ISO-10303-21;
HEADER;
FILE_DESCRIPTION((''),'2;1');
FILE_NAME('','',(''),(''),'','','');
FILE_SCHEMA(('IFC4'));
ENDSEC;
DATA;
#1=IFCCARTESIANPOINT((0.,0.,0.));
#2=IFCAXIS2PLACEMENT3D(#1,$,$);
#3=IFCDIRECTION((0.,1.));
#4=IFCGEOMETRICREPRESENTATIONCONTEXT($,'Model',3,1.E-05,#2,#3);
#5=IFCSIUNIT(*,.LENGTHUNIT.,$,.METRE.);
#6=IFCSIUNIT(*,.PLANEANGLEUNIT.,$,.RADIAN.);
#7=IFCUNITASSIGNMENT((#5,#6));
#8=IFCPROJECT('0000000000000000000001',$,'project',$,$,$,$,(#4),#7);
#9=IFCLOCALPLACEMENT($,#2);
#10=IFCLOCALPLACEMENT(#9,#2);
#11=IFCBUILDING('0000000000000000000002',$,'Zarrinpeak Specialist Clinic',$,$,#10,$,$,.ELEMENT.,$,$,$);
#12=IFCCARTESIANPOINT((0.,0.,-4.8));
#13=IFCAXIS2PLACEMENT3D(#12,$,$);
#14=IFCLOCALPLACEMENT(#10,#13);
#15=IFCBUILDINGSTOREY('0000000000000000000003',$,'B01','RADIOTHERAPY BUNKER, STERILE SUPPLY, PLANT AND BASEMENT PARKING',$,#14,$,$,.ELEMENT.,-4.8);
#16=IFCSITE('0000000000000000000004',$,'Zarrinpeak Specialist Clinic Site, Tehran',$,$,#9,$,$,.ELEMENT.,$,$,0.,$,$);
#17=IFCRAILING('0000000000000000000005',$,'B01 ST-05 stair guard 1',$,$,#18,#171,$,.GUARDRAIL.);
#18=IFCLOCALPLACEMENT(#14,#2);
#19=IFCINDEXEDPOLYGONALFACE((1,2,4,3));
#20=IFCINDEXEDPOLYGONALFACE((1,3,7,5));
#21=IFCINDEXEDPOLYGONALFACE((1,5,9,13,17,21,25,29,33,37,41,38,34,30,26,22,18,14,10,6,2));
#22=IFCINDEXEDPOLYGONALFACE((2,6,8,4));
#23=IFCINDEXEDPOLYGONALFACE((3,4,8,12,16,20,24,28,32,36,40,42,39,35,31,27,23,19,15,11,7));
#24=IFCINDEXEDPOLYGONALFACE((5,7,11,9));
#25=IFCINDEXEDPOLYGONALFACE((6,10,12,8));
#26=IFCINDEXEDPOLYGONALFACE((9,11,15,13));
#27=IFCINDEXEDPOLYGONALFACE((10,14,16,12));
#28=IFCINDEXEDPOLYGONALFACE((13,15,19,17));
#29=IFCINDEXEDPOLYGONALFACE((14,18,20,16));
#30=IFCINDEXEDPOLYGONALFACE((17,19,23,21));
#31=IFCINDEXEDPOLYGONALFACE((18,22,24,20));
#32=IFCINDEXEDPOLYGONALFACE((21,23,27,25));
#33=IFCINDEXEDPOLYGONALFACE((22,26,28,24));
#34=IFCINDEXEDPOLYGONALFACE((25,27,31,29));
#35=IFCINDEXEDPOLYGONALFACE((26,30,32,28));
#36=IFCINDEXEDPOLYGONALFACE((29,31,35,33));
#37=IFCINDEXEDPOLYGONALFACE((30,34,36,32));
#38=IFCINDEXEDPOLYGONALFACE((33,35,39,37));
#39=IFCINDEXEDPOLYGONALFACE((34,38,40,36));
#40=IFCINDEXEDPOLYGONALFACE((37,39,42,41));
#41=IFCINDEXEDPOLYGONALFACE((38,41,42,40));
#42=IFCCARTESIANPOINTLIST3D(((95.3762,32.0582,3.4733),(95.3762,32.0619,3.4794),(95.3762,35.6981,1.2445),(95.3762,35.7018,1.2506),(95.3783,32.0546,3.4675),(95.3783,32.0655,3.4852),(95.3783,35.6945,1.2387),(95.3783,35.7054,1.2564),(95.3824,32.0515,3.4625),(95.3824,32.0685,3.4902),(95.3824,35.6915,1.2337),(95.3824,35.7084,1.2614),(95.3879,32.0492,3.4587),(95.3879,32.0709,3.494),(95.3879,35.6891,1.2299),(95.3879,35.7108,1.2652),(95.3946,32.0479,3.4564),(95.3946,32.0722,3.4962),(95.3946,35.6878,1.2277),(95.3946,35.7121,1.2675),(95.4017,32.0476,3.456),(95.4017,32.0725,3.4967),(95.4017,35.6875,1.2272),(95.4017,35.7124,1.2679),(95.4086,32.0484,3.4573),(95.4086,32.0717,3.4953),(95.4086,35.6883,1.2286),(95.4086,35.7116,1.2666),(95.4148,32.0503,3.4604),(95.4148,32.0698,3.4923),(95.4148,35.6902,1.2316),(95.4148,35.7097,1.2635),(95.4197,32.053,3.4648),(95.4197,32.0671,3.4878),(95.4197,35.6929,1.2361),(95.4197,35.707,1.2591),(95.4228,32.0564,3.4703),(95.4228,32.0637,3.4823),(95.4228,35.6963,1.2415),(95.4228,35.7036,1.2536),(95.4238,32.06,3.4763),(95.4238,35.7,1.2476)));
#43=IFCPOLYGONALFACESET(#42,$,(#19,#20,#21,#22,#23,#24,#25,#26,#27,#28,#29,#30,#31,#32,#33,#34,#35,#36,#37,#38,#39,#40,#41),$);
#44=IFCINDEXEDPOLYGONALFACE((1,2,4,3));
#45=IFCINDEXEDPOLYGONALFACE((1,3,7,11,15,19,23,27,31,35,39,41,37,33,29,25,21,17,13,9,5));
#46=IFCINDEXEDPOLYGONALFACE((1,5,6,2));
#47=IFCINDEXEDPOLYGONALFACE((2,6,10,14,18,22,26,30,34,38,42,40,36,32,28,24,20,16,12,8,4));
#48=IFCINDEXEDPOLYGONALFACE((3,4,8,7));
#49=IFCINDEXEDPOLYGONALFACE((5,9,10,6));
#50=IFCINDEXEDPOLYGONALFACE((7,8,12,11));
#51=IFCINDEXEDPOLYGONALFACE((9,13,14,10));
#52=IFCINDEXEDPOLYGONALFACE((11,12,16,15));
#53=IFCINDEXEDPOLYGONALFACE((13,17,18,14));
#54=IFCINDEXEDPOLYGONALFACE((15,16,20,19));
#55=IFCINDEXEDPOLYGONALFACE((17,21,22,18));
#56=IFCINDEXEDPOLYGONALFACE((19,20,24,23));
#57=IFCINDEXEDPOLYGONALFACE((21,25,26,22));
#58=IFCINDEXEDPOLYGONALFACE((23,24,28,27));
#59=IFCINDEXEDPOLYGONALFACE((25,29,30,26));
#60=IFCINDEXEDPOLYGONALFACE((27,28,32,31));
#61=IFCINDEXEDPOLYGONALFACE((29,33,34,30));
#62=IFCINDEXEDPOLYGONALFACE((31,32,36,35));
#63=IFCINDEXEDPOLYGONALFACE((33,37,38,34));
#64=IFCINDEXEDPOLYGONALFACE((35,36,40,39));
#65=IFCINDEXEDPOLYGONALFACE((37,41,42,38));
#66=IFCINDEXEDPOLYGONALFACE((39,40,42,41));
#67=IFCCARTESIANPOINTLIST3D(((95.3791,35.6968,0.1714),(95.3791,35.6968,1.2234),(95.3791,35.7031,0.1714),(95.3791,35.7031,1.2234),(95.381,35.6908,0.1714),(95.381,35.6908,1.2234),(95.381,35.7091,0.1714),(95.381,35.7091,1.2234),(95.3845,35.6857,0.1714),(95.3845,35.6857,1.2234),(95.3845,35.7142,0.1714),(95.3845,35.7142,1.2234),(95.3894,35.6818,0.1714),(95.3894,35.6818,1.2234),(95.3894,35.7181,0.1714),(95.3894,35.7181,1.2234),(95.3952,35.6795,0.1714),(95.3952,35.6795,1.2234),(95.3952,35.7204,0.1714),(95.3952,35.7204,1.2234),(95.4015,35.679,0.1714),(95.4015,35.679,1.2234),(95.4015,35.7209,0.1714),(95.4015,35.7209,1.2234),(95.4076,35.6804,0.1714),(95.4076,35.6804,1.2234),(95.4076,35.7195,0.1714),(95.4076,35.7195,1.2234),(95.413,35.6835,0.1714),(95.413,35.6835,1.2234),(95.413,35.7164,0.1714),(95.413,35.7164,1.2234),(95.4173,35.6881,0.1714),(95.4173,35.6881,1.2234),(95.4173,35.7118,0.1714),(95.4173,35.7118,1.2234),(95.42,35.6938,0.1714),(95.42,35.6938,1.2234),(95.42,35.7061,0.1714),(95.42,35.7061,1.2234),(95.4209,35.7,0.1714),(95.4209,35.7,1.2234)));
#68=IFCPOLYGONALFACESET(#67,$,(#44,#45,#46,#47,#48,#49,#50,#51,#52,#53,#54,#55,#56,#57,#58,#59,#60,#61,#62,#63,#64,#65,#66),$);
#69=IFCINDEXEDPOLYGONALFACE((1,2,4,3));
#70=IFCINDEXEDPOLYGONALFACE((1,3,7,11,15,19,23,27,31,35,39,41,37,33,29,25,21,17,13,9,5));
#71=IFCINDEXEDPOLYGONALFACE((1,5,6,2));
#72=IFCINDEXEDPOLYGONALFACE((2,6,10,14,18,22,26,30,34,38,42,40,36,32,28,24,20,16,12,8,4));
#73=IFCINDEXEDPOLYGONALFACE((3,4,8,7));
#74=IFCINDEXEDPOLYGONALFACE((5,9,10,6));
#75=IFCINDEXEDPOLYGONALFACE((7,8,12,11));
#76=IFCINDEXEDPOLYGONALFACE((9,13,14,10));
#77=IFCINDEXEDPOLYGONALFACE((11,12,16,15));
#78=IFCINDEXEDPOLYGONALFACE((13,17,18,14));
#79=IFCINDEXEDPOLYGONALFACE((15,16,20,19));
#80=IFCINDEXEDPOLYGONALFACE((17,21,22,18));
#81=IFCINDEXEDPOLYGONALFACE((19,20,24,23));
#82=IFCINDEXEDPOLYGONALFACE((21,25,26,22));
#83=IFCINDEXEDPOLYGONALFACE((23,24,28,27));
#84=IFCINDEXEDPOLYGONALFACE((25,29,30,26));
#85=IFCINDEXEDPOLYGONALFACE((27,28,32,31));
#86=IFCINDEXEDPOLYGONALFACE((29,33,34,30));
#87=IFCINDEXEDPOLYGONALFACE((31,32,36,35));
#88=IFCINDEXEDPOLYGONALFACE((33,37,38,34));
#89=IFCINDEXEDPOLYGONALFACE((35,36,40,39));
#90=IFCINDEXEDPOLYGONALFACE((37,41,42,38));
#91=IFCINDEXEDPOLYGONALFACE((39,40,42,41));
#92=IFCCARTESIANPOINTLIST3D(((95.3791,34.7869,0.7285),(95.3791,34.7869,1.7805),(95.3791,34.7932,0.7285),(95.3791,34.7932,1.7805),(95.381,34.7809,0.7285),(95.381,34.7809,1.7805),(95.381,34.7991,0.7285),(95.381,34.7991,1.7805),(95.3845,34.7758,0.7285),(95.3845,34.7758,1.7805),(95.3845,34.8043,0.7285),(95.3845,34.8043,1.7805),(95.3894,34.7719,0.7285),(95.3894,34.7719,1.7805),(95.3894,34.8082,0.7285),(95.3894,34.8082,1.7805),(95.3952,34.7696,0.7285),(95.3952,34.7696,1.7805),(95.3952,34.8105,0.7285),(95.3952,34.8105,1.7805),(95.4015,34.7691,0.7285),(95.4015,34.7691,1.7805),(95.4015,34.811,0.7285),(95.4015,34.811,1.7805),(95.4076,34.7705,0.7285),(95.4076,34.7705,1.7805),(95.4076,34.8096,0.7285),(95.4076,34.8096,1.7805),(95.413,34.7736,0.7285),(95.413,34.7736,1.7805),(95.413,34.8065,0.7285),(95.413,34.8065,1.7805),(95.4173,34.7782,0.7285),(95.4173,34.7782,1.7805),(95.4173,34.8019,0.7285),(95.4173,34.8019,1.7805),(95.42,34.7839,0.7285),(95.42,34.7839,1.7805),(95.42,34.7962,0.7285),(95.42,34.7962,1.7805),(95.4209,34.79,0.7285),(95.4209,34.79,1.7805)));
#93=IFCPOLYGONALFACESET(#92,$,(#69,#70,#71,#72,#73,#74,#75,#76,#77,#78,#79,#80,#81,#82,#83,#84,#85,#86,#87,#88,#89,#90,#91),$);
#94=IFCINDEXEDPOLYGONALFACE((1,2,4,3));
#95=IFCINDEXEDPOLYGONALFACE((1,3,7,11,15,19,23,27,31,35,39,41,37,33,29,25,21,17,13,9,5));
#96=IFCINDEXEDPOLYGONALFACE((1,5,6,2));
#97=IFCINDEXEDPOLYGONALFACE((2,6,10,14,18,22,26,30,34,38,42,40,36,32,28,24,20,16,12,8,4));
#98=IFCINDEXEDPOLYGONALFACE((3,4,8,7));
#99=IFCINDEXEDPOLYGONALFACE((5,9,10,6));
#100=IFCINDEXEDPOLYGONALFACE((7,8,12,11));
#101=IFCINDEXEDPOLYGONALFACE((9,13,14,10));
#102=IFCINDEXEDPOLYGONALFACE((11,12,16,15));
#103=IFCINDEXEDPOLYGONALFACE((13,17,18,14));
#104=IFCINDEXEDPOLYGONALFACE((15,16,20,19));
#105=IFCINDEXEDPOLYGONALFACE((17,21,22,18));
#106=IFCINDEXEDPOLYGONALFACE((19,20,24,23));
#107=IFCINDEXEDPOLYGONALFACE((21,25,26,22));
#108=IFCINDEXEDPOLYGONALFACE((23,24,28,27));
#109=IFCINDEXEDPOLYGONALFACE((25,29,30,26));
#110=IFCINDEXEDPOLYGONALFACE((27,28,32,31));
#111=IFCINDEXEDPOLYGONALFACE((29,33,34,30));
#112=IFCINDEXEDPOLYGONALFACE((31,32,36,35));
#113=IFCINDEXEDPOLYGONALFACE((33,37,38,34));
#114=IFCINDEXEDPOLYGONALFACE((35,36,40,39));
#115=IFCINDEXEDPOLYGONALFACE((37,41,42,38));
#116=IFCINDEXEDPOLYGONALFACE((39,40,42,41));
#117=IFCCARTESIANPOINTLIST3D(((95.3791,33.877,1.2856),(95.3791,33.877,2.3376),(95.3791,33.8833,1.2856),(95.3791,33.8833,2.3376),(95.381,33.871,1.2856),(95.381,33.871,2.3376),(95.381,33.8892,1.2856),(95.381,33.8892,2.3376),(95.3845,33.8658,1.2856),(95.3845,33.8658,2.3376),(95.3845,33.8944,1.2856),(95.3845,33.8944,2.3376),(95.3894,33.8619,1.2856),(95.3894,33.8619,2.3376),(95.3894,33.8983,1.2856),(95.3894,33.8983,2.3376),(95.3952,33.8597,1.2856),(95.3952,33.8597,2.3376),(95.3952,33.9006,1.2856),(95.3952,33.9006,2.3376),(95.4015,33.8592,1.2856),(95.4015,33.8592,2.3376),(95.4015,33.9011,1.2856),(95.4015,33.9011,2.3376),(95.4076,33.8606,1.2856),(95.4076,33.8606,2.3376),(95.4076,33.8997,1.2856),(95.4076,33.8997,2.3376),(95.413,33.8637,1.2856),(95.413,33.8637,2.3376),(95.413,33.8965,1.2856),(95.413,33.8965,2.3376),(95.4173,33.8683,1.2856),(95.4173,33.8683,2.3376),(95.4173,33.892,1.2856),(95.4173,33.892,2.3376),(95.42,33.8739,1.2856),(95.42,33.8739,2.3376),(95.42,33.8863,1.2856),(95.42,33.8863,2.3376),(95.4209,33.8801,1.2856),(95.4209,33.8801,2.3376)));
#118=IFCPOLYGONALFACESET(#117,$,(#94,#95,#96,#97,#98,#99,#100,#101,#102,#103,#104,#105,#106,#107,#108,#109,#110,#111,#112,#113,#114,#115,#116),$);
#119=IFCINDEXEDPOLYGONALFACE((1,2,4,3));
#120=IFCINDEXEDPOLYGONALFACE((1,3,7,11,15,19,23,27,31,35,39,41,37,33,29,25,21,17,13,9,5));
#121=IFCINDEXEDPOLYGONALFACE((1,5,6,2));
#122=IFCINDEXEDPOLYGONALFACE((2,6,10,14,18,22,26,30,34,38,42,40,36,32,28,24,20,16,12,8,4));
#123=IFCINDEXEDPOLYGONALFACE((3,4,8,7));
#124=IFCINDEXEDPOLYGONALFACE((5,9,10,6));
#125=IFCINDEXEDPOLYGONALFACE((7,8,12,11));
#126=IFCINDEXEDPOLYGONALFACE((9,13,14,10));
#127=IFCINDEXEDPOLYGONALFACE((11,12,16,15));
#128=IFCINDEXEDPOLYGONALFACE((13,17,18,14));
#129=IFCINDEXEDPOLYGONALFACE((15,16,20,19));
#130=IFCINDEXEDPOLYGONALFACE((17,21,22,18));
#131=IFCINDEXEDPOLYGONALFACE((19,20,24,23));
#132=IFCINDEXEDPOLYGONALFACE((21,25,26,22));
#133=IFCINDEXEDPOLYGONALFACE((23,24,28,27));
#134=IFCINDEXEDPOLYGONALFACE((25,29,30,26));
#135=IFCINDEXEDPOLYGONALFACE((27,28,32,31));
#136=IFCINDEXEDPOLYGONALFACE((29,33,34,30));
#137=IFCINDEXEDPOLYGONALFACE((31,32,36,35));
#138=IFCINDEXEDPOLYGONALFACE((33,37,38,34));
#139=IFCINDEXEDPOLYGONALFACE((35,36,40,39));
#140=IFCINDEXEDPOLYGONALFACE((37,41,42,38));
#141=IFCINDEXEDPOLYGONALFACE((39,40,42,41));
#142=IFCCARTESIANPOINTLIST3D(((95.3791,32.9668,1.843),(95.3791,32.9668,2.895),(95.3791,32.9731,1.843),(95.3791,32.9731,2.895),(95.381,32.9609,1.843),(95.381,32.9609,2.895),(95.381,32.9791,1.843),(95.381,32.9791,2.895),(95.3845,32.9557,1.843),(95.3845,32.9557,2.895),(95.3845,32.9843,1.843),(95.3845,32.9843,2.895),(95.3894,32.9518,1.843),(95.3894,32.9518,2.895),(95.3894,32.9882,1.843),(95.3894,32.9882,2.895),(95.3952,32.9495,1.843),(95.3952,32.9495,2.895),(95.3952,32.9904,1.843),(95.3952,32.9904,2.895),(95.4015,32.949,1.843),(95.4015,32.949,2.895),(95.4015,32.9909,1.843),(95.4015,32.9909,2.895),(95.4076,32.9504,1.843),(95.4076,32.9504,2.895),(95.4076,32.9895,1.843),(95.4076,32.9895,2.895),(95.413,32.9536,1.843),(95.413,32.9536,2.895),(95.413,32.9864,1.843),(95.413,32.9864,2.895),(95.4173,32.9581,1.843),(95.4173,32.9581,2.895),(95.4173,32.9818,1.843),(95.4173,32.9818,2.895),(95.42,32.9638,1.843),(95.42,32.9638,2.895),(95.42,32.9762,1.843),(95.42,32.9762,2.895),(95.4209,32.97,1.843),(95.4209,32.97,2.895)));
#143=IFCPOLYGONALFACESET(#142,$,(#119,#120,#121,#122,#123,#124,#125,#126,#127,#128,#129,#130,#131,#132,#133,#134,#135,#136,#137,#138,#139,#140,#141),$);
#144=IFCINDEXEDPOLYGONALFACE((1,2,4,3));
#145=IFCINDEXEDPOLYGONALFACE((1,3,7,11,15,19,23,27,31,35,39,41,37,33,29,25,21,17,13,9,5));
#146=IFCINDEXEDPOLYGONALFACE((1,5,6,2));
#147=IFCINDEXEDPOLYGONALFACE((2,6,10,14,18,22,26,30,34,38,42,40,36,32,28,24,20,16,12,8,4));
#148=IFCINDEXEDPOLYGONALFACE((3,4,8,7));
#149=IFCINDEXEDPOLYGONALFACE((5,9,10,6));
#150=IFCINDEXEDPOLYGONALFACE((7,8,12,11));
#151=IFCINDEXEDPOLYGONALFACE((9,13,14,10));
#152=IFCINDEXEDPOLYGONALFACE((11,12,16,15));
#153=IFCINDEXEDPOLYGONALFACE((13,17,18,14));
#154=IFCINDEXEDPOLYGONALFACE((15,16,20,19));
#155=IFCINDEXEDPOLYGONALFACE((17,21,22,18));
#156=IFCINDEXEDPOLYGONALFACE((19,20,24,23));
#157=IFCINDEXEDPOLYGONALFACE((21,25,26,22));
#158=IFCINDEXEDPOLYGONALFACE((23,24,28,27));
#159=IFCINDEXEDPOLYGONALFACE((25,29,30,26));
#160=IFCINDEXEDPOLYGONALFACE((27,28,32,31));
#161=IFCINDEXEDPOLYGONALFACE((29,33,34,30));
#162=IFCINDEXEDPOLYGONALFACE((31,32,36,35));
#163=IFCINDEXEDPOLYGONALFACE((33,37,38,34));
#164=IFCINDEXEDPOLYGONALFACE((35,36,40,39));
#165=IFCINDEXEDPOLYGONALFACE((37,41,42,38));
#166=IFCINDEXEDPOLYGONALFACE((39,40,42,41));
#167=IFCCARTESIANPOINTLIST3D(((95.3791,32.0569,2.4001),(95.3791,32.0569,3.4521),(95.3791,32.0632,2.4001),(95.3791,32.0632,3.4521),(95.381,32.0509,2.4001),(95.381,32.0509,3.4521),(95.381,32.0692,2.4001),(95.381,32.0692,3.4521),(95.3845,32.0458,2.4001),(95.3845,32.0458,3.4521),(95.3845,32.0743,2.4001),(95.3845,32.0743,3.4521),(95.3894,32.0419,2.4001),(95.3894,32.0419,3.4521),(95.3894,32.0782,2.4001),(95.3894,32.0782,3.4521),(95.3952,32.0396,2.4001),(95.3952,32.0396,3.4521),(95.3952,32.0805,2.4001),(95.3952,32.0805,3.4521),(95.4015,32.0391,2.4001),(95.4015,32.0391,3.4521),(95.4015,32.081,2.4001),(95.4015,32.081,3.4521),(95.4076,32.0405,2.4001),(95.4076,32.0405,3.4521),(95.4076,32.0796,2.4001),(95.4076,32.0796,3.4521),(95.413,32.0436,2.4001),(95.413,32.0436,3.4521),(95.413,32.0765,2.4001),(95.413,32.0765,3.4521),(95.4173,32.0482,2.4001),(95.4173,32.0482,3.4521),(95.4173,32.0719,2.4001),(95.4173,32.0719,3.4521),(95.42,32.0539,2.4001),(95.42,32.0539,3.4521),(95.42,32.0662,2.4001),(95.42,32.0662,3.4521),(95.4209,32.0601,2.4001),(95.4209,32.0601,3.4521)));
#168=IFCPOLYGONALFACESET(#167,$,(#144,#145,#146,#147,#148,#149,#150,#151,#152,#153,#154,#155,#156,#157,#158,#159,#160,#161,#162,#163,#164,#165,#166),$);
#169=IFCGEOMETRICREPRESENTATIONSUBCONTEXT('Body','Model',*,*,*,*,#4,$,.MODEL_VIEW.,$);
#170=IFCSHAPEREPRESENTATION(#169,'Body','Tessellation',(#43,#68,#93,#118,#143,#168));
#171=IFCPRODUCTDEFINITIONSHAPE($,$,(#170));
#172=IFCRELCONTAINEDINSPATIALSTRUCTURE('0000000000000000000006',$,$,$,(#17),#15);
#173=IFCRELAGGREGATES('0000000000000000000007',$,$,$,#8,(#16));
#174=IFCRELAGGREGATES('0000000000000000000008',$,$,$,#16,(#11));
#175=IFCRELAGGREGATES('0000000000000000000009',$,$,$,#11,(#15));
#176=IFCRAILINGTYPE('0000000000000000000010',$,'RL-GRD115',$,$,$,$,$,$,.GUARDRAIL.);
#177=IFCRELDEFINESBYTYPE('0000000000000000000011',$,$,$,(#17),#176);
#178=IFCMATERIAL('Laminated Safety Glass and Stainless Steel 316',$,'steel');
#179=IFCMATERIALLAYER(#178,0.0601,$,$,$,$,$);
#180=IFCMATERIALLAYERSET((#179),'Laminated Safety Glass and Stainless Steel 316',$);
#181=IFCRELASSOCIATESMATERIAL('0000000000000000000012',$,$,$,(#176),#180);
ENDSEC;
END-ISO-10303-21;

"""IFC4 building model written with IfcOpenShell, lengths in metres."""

from ifc_helpers import new_model, si_unit, direction, frame, origin, origin_2d, place, context, subcontext, project, spatial, circle, extrude, material, layer, layer_set, type_object, element, save


model = new_model("IFC4")

# Units and contexts
model_context = context("Model", 3, precision=1e-05, world=origin(), true_north=direction((0.0, 1.0)))
body_context = subcontext(model_context, "Body", "Model", "MODEL_VIEW")
ifc_project = project(units=[si_unit("LENGTHUNIT", "METRE"), si_unit("PLANEANGLEUNIT", "RADIAN")], contexts=[model_context])

# Site, building, storey
site_placement = place(None, origin())
site = spatial("IfcSite", under=ifc_project, at=site_placement, Name="Zarrinpeak Specialist Clinic Site, Tehran", CompositionType="ELEMENT", RefElevation=0.0)
building_placement = place(site_placement, origin())
building = spatial("IfcBuilding", under=site, at=building_placement, Name="Zarrinpeak Specialist Clinic", CompositionType="ELEMENT")
storey_placement = place(building_placement, frame((0.0, 0.0, -4.8)))
storey = spatial("IfcBuildingStorey", under=building, at=storey_placement, Name="B01", Description="RADIOTHERAPY BUNKER, STERILE SUPPLY, PLANT AND BASEMENT PARKING", CompositionType="ELEMENT", Elevation=-4.8)

# Railing
ifc_material_1 = material(Name="Laminated Safety Glass and Stainless Steel 316", Category="steel")
ifc_layer_1 = layer(ifc_material_1, 0.0601)
ifc_layer_set_1 = layer_set([ifc_layer_1], Name="Laminated Safety Glass and Stainless Steel 316")
railing_type_1 = type_object("IfcRailingType", Name="RL-GRD115", PredefinedType="GUARDRAIL", material=ifc_layer_set_1)
railing_1_placement = place(storey_placement, frame((95.3999, 35.7, 0.1714)))
element("IfcRailing", 1, at=railing_1_placement, inside=storey, type_object=railing_type_1, Name="B01 ST-05 stair guard 1", PredefinedType="GUARDRAIL", context=body_context, shape_type="SweptSolid", body=[
    extrude(circle(Radius=0.0239, at=origin_2d()), frame((0.0, 0.0, 1.0762), z_axis=(0.0, -0.852825, 0.522197), x_axis=(1.0, 0.0, 0.0)), (0.0, 0.0, 1.0), 4.2681),
    extrude(circle(Radius=0.021, at=origin_2d()), origin(), (0.0, 0.0, 1.0), 1.052),
    extrude(circle(Radius=0.021, at=origin_2d()), frame((0.0, -0.9099, 0.5571)), (0.0, 0.0, 1.0), 1.052),
    extrude(circle(Radius=0.021, at=origin_2d()), frame((0.0, -1.8198, 1.1143)), (0.0, 0.0, 1.0), 1.052),
    extrude(circle(Radius=0.021, at=origin_2d()), frame((0.0, -2.73, 1.6716)), (0.0, 0.0, 1.0), 1.052),
    extrude(circle(Radius=0.021, at=origin_2d()), frame((0.0, -3.6399, 2.2288)), (0.0, 0.0, 1.0), 1.052),
])

save(model, "model.ifc")
